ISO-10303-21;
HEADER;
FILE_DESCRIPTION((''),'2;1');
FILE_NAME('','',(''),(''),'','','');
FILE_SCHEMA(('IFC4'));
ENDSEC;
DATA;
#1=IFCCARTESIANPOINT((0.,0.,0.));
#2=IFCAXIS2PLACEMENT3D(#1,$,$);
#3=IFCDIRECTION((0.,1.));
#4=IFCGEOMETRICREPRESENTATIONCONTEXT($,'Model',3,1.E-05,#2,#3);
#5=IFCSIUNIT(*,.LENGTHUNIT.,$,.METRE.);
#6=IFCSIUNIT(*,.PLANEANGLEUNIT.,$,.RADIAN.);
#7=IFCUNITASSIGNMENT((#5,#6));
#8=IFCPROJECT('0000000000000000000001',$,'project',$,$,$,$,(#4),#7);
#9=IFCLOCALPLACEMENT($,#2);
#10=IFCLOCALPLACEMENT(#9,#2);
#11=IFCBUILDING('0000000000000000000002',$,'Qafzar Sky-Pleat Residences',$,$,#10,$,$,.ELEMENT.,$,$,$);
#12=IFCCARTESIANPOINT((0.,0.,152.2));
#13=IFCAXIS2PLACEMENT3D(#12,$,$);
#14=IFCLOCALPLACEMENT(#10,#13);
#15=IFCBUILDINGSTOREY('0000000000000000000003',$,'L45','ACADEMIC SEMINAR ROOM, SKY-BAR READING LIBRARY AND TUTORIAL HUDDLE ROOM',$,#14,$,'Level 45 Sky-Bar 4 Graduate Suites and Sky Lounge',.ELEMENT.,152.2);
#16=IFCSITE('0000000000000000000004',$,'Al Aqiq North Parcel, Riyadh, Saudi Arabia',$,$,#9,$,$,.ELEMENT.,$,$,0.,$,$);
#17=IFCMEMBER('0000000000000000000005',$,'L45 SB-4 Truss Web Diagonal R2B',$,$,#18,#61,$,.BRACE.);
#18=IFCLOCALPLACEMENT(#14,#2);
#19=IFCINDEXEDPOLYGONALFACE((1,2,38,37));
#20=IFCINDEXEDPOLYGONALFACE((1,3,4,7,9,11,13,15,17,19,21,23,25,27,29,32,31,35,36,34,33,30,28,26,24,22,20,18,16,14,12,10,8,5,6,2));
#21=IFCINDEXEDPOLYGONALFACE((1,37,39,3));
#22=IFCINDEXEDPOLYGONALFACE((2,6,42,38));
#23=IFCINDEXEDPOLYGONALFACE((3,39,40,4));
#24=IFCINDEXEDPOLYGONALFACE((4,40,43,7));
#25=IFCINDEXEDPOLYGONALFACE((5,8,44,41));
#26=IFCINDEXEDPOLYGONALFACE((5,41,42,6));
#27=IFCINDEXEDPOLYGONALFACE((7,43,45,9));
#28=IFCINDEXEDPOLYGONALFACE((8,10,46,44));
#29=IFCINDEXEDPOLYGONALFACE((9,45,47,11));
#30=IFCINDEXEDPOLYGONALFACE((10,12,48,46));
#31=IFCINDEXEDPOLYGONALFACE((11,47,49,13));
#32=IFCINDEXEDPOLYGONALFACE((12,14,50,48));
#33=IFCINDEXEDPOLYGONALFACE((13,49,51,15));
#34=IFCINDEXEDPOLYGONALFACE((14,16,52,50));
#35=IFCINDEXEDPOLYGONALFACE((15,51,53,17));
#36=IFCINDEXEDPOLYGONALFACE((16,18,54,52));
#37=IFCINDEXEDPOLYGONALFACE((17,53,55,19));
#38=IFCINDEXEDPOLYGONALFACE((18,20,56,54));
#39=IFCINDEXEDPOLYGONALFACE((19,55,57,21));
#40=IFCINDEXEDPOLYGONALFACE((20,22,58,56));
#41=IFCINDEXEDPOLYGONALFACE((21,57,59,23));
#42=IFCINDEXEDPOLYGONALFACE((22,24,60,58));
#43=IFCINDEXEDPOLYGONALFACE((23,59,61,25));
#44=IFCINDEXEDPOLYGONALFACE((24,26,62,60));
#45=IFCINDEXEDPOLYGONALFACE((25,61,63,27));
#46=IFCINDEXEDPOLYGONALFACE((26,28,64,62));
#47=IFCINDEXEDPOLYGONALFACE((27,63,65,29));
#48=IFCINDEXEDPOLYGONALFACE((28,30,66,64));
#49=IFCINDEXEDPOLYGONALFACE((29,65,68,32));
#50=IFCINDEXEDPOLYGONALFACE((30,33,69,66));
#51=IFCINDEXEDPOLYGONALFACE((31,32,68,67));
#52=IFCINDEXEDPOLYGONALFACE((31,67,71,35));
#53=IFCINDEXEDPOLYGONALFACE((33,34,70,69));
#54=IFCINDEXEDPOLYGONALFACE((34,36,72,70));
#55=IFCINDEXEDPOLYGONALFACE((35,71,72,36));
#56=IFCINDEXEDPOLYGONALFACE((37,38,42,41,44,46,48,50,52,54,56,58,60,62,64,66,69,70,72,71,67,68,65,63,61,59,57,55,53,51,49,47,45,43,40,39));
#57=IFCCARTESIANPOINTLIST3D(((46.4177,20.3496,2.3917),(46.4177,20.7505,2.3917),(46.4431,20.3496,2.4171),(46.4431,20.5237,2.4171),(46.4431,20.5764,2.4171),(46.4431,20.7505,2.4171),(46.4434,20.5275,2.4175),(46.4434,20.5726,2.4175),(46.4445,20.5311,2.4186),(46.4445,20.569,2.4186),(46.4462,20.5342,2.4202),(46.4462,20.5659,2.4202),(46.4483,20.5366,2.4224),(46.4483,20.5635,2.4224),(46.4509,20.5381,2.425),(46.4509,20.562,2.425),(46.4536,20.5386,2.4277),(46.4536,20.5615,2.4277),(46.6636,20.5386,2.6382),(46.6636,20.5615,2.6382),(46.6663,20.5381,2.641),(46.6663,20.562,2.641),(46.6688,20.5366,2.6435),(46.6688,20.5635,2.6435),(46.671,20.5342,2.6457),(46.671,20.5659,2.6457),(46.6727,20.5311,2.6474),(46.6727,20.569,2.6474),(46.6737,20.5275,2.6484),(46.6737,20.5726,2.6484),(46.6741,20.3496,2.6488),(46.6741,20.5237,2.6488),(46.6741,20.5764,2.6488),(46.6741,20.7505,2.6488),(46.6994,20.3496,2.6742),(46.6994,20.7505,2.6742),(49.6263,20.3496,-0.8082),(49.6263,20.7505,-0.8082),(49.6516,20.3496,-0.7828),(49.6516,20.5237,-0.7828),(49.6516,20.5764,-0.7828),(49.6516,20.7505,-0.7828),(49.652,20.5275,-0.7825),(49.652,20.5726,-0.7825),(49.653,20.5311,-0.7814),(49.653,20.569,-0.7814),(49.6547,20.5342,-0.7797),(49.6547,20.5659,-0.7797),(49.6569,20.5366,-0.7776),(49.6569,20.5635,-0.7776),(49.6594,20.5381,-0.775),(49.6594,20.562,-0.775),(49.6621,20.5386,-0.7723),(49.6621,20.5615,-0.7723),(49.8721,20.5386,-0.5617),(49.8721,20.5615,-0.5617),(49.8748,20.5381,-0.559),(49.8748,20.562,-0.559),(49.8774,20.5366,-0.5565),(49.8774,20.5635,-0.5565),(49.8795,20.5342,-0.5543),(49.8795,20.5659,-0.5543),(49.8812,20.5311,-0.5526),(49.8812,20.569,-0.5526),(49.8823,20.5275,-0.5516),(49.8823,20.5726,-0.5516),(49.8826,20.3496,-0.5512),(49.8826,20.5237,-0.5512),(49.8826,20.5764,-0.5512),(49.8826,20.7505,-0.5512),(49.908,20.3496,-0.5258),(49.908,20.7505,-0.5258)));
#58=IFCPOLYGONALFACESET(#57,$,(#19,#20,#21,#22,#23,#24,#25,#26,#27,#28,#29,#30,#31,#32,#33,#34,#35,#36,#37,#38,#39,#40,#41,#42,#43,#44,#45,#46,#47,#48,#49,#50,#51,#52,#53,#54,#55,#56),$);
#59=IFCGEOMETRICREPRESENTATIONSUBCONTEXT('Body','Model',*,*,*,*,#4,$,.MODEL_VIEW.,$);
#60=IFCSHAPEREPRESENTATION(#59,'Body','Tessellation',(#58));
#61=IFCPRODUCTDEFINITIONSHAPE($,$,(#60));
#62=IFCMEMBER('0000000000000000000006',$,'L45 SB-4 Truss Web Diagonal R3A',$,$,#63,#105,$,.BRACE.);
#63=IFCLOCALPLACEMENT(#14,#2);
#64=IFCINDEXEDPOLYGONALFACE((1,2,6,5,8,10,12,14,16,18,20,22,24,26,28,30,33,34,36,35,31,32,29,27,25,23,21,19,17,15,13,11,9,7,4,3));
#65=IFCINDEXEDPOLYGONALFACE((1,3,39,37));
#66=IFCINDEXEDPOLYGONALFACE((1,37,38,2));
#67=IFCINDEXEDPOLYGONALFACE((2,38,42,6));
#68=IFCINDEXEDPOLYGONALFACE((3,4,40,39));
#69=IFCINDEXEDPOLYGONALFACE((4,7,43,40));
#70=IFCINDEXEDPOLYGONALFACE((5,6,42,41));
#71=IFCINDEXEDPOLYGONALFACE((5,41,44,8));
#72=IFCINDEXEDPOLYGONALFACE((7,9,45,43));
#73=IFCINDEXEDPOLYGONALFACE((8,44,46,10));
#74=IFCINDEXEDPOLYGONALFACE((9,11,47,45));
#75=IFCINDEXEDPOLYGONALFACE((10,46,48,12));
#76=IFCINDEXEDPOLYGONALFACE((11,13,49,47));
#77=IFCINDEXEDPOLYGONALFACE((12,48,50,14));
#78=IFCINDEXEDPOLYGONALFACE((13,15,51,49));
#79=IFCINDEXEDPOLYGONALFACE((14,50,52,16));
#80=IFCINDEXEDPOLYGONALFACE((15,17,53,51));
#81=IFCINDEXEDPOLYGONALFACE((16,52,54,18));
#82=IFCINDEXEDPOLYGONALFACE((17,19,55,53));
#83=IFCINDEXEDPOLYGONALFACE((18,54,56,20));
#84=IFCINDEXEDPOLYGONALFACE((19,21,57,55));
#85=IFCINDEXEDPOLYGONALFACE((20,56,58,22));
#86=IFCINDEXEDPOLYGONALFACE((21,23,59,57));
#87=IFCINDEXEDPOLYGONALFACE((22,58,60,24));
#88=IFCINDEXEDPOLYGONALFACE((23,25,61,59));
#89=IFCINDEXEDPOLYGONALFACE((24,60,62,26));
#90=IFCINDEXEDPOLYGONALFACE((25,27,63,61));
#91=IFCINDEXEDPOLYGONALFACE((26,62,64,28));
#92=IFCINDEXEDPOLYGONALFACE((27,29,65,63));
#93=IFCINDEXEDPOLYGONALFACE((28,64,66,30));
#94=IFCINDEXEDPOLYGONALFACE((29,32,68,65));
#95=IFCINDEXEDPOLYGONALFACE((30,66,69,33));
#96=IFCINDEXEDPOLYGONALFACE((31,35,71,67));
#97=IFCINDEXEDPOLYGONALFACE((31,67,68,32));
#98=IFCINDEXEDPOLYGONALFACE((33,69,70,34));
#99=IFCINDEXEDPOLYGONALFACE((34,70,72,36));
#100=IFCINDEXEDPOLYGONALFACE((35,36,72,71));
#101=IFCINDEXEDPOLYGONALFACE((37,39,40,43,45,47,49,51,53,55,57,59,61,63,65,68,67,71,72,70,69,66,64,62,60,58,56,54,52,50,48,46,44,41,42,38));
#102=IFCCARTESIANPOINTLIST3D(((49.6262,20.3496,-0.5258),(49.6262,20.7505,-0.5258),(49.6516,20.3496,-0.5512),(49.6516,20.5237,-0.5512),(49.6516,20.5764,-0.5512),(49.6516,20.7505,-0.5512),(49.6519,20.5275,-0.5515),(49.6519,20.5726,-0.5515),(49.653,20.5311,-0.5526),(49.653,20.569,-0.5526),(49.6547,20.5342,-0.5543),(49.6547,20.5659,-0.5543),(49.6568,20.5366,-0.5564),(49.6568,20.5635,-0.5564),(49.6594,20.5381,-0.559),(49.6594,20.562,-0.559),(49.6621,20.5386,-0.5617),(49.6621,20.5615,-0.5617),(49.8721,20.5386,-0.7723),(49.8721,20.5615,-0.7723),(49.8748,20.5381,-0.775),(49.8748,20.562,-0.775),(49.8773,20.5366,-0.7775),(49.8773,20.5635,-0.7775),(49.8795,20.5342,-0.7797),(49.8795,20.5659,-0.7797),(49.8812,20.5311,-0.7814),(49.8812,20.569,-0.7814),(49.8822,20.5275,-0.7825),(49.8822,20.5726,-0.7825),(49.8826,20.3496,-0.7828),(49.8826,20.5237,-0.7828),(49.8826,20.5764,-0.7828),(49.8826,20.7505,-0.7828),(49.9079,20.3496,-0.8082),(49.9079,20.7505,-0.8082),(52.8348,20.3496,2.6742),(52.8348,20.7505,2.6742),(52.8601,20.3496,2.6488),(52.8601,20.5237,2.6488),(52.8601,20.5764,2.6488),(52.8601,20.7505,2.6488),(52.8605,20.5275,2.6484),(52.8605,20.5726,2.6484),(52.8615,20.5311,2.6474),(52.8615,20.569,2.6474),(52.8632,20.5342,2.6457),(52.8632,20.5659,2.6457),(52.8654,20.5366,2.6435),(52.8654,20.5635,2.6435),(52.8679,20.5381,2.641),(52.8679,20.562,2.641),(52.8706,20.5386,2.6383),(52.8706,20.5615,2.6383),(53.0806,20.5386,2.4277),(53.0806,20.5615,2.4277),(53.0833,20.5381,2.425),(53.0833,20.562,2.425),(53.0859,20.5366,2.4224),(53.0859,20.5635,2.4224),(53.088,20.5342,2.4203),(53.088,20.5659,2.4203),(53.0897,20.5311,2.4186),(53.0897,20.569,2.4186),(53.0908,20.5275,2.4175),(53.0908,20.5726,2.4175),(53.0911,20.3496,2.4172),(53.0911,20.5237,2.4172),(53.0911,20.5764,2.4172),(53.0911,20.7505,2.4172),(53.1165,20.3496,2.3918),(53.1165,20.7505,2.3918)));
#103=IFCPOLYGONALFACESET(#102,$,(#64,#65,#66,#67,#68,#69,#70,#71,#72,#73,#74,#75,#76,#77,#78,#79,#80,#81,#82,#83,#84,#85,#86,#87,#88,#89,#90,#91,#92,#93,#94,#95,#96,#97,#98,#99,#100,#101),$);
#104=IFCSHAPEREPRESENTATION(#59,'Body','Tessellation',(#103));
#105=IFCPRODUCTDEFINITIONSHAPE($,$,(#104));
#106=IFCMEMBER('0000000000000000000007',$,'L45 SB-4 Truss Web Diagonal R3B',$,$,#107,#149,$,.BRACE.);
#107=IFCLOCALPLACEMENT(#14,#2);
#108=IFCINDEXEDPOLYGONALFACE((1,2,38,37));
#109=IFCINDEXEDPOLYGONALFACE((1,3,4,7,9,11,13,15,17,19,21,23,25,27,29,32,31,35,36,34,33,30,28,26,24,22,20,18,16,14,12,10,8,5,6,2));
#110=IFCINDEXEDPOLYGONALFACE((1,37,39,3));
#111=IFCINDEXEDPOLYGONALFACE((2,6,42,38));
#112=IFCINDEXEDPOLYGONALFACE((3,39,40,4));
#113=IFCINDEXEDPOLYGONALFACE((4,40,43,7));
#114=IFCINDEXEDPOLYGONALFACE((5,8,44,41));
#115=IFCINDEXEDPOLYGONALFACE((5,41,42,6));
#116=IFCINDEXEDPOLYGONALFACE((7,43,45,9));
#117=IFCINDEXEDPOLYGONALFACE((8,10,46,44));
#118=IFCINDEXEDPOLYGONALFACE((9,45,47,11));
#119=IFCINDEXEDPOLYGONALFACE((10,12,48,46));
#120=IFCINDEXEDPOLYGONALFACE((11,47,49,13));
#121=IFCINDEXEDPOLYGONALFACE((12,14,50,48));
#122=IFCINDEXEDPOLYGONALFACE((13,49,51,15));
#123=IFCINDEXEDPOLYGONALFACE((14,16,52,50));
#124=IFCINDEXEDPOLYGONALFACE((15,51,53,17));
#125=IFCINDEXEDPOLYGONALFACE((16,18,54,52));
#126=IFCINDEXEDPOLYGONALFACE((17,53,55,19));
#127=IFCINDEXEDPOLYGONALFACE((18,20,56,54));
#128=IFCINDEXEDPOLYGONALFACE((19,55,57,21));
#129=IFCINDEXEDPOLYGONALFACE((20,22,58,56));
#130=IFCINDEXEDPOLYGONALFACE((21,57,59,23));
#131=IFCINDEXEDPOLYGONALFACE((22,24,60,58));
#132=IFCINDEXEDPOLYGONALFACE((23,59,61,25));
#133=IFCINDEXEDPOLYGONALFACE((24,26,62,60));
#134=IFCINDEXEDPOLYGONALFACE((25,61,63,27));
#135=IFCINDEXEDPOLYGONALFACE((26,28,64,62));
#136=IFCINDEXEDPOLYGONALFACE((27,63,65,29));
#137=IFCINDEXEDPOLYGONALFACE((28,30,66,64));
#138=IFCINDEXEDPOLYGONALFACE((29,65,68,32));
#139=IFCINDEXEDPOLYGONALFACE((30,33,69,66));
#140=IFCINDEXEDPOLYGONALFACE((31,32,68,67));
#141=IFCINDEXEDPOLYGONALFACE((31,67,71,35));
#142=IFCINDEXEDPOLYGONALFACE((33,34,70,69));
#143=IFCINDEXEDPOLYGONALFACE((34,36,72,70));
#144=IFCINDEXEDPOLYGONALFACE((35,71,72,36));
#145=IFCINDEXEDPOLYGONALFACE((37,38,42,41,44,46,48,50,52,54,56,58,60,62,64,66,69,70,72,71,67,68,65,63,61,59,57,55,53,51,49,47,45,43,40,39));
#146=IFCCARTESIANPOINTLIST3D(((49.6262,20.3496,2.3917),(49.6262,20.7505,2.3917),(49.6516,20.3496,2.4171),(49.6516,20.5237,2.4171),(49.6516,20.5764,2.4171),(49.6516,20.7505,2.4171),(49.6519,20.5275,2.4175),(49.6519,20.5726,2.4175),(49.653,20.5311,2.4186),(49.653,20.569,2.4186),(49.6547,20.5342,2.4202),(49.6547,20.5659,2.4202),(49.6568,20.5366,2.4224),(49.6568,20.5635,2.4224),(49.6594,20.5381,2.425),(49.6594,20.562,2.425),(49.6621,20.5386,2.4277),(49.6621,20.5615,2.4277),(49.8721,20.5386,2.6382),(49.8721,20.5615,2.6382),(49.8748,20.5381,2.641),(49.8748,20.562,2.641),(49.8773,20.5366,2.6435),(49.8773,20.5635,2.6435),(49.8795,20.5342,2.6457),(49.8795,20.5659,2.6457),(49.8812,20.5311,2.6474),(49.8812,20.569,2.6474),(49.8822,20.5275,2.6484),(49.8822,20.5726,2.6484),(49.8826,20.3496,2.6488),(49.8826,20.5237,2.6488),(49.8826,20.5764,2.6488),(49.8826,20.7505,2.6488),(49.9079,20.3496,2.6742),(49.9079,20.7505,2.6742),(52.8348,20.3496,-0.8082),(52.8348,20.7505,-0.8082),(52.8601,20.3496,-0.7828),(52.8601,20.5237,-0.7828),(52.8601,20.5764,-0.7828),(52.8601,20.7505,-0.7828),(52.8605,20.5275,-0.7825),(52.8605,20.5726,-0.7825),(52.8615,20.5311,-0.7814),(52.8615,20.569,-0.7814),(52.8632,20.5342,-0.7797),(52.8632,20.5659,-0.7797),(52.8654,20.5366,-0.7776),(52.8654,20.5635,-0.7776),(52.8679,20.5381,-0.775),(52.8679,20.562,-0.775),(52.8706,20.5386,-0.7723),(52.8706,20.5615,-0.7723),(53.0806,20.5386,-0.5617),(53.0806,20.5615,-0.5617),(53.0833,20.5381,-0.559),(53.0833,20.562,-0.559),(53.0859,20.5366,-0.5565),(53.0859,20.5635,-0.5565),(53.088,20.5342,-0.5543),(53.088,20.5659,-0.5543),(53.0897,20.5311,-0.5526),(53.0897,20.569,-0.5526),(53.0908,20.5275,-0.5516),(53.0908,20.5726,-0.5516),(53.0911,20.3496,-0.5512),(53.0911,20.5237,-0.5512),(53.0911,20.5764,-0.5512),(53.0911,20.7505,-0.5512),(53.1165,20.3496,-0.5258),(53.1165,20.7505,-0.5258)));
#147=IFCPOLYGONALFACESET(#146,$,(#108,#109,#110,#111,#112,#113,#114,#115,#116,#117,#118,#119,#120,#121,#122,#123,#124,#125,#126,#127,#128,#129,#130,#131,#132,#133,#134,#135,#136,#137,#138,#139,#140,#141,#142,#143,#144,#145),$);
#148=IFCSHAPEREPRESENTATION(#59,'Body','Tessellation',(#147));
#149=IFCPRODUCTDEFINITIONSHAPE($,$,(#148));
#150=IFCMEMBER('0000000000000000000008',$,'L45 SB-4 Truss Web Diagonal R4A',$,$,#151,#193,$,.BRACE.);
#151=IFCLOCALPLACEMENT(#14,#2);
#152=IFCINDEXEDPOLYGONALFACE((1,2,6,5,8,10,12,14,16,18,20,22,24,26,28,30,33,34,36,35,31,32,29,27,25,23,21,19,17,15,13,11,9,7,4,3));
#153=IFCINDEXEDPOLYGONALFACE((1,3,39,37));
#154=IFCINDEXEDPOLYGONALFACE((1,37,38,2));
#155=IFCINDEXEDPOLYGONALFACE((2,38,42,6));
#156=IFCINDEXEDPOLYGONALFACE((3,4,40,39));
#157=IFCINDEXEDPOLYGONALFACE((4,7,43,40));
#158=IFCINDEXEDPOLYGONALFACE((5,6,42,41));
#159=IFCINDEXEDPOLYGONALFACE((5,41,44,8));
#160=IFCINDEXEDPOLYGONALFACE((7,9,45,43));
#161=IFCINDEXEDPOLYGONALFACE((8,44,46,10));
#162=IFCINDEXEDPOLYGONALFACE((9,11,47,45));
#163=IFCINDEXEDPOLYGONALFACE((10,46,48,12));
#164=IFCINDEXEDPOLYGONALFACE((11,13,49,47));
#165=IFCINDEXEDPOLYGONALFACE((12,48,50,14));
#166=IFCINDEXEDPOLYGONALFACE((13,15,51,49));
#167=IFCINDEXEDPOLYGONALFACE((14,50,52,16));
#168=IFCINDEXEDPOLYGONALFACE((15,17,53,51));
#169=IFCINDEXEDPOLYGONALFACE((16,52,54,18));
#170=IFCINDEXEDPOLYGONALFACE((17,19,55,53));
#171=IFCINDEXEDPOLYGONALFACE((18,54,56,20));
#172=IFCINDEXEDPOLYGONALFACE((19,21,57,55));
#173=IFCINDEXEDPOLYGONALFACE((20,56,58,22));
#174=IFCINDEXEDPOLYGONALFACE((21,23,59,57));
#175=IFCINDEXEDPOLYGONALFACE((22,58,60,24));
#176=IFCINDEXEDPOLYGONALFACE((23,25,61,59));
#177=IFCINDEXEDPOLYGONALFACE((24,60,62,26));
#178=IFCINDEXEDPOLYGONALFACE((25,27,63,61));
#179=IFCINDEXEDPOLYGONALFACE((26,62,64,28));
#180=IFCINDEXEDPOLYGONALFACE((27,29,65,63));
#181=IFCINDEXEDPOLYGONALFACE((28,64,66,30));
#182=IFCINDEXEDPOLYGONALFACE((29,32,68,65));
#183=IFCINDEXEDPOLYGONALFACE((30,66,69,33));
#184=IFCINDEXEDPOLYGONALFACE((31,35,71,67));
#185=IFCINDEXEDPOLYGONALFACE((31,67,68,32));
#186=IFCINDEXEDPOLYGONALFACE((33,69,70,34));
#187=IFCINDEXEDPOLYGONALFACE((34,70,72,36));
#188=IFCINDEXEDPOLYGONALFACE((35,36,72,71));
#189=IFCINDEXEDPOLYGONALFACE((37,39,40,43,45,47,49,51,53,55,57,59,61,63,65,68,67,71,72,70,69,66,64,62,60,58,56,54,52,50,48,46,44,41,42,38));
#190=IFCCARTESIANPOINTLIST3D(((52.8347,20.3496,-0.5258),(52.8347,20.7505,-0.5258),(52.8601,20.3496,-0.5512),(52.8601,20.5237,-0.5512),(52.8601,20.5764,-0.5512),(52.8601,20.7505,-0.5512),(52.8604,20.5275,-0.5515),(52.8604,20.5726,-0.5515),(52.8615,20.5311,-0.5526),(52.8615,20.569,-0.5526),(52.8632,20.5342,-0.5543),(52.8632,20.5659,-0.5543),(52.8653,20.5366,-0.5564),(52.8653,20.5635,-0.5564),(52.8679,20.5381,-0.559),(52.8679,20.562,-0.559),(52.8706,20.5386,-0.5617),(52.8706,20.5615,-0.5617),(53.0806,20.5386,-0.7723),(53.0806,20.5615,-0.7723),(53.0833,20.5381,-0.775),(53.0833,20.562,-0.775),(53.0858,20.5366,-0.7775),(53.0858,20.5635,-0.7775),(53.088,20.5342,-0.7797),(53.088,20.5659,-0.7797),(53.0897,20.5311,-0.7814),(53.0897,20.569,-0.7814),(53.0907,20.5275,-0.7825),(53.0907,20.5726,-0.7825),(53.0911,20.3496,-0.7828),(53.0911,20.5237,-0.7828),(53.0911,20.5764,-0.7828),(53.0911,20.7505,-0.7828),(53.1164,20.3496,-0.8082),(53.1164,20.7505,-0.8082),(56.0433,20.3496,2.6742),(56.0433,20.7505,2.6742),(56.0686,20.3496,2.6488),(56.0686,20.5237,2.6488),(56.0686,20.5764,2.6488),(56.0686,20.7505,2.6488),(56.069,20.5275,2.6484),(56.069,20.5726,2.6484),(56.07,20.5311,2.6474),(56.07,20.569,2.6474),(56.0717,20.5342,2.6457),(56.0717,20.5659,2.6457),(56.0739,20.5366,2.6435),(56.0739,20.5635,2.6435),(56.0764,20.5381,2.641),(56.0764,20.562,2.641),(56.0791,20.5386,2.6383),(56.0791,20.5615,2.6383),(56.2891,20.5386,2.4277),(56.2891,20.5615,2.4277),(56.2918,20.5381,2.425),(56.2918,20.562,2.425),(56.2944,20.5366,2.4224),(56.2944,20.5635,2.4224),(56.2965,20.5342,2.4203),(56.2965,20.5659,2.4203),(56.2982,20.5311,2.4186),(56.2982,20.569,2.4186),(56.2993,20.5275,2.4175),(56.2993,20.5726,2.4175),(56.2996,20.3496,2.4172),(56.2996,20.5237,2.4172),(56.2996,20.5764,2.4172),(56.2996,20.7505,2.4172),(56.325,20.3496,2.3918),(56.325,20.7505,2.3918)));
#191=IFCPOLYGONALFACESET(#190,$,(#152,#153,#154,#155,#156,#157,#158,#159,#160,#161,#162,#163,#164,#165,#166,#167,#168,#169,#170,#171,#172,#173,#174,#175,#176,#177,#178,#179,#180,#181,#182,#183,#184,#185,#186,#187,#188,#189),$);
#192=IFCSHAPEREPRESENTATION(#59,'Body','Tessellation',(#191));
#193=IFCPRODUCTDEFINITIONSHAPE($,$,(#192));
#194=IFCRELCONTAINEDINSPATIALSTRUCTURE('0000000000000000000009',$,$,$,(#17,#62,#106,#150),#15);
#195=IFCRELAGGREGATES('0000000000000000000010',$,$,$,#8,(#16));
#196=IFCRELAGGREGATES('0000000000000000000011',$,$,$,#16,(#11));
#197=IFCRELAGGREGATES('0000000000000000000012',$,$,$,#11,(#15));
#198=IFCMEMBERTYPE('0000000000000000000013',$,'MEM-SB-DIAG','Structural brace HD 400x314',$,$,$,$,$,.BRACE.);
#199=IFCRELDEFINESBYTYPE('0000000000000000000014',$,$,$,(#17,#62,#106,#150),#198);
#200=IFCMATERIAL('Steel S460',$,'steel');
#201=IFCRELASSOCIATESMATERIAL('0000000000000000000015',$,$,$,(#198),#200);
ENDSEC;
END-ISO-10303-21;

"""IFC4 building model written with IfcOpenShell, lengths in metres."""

from ifc_helpers import new_model, si_unit, direction, frame, origin, origin_2d, place, context, subcontext, project, spatial, i_section, extrude, source, transform, mapped, material, material_profile, profile_set, type_object, element, save


model = new_model("IFC4")

# Units and contexts
model_context = context("Model", 3, precision=1e-05, world=origin(), true_north=direction((0.0, 1.0)))
body_context = subcontext(model_context, "Body", "Model", "MODEL_VIEW")
ifc_project = project(units=[si_unit("LENGTHUNIT", "METRE"), si_unit("PLANEANGLEUNIT", "RADIAN")], contexts=[model_context])

# Site, building, storey
site_placement = place(None, origin())
site = spatial("IfcSite", under=ifc_project, at=site_placement, Name="Al Aqiq North Parcel, Riyadh, Saudi Arabia", CompositionType="ELEMENT", RefElevation=0.0)
building_placement = place(site_placement, origin())
building = spatial("IfcBuilding", under=site, at=building_placement, Name="Qafzar Sky-Pleat Residences", CompositionType="ELEMENT")
storey_placement = place(building_placement, frame((0.0, 0.0, 152.2)))
storey = spatial("IfcBuildingStorey", under=building, at=storey_placement, Name="L45", Description="ACADEMIC SEMINAR ROOM, SKY-BAR READING LIBRARY AND TUTORIAL HUDDLE ROOM", LongName="Level 45 Sky-Bar 4 Graduate Suites and Sky Lounge", CompositionType="ELEMENT", Elevation=152.2)

# Shared definitions
ifc_material_1 = material(Name="Steel S460", Category="steel")

# Members
ifc_material_profile_1 = material_profile(ifc_material_1, i_section(OverallWidth=0.4009, OverallDepth=0.3989, WebThickness=0.0229, FlangeThickness=0.0359, FilletRadius=0.0149, at=origin_2d()), Name="HD 400x314")
ifc_profile_set_1 = profile_set([ifc_material_profile_1], Name="Steel S460")
member_type = type_object("IfcMemberType", Name="MEM-SB-DIAG", Description="Structural brace HD 400x314", PredefinedType="BRACE", material=ifc_profile_set_1)
shared_shape_1 = source(origin(), body_context, "Body", "SweptSolid", [
    extrude(i_section(OverallWidth=0.4009, OverallDepth=0.3989, WebThickness=0.0229, FlangeThickness=0.0359, FilletRadius=0.0149, at=origin_2d()), origin(), (0.0, 0.0, 1.0), 4.5315),
])
for number, where, z_axis, x_axis, name in (
    (1, (46.5586, 20.55, 2.533), (0.708049, 0.0, -0.706163), (0.0, 1.0, 0.0), "L45 SB-4 Truss Web Diagonal R2B"),
    (2, (49.7671, 20.55, -0.667), (0.708049, 0.0, 0.706163), (0.0, 1.0, 0.0), "L45 SB-4 Truss Web Diagonal R3A"),
    (3, (49.7671, 20.55, 2.533), (0.708049, 0.0, -0.706163), (0.0, 1.0, 0.0), "L45 SB-4 Truss Web Diagonal R3B"),
    (4, (52.9756, 20.55, -0.667), (0.708049, 0.0, 0.706163), (0.0, 1.0, 0.0), "L45 SB-4 Truss Web Diagonal R4A"),
):
    element("IfcMember", number, at=place(storey_placement, frame(where, z_axis=z_axis, x_axis=x_axis)), inside=storey, type_object=member_type, Name=name, PredefinedType="BRACE", context=body_context, shape_type="MappedRepresentation", body=[
        mapped(shared_shape_1, transform((0.0, 0.0, 0.0), x_axis=(1.0, 0.0, 0.0), y_axis=(0.0, 1.0, 0.0), z_axis=(0.0, 0.0, 1.0), scale=1.0)),
    ])

save(model, "model.ifc")
